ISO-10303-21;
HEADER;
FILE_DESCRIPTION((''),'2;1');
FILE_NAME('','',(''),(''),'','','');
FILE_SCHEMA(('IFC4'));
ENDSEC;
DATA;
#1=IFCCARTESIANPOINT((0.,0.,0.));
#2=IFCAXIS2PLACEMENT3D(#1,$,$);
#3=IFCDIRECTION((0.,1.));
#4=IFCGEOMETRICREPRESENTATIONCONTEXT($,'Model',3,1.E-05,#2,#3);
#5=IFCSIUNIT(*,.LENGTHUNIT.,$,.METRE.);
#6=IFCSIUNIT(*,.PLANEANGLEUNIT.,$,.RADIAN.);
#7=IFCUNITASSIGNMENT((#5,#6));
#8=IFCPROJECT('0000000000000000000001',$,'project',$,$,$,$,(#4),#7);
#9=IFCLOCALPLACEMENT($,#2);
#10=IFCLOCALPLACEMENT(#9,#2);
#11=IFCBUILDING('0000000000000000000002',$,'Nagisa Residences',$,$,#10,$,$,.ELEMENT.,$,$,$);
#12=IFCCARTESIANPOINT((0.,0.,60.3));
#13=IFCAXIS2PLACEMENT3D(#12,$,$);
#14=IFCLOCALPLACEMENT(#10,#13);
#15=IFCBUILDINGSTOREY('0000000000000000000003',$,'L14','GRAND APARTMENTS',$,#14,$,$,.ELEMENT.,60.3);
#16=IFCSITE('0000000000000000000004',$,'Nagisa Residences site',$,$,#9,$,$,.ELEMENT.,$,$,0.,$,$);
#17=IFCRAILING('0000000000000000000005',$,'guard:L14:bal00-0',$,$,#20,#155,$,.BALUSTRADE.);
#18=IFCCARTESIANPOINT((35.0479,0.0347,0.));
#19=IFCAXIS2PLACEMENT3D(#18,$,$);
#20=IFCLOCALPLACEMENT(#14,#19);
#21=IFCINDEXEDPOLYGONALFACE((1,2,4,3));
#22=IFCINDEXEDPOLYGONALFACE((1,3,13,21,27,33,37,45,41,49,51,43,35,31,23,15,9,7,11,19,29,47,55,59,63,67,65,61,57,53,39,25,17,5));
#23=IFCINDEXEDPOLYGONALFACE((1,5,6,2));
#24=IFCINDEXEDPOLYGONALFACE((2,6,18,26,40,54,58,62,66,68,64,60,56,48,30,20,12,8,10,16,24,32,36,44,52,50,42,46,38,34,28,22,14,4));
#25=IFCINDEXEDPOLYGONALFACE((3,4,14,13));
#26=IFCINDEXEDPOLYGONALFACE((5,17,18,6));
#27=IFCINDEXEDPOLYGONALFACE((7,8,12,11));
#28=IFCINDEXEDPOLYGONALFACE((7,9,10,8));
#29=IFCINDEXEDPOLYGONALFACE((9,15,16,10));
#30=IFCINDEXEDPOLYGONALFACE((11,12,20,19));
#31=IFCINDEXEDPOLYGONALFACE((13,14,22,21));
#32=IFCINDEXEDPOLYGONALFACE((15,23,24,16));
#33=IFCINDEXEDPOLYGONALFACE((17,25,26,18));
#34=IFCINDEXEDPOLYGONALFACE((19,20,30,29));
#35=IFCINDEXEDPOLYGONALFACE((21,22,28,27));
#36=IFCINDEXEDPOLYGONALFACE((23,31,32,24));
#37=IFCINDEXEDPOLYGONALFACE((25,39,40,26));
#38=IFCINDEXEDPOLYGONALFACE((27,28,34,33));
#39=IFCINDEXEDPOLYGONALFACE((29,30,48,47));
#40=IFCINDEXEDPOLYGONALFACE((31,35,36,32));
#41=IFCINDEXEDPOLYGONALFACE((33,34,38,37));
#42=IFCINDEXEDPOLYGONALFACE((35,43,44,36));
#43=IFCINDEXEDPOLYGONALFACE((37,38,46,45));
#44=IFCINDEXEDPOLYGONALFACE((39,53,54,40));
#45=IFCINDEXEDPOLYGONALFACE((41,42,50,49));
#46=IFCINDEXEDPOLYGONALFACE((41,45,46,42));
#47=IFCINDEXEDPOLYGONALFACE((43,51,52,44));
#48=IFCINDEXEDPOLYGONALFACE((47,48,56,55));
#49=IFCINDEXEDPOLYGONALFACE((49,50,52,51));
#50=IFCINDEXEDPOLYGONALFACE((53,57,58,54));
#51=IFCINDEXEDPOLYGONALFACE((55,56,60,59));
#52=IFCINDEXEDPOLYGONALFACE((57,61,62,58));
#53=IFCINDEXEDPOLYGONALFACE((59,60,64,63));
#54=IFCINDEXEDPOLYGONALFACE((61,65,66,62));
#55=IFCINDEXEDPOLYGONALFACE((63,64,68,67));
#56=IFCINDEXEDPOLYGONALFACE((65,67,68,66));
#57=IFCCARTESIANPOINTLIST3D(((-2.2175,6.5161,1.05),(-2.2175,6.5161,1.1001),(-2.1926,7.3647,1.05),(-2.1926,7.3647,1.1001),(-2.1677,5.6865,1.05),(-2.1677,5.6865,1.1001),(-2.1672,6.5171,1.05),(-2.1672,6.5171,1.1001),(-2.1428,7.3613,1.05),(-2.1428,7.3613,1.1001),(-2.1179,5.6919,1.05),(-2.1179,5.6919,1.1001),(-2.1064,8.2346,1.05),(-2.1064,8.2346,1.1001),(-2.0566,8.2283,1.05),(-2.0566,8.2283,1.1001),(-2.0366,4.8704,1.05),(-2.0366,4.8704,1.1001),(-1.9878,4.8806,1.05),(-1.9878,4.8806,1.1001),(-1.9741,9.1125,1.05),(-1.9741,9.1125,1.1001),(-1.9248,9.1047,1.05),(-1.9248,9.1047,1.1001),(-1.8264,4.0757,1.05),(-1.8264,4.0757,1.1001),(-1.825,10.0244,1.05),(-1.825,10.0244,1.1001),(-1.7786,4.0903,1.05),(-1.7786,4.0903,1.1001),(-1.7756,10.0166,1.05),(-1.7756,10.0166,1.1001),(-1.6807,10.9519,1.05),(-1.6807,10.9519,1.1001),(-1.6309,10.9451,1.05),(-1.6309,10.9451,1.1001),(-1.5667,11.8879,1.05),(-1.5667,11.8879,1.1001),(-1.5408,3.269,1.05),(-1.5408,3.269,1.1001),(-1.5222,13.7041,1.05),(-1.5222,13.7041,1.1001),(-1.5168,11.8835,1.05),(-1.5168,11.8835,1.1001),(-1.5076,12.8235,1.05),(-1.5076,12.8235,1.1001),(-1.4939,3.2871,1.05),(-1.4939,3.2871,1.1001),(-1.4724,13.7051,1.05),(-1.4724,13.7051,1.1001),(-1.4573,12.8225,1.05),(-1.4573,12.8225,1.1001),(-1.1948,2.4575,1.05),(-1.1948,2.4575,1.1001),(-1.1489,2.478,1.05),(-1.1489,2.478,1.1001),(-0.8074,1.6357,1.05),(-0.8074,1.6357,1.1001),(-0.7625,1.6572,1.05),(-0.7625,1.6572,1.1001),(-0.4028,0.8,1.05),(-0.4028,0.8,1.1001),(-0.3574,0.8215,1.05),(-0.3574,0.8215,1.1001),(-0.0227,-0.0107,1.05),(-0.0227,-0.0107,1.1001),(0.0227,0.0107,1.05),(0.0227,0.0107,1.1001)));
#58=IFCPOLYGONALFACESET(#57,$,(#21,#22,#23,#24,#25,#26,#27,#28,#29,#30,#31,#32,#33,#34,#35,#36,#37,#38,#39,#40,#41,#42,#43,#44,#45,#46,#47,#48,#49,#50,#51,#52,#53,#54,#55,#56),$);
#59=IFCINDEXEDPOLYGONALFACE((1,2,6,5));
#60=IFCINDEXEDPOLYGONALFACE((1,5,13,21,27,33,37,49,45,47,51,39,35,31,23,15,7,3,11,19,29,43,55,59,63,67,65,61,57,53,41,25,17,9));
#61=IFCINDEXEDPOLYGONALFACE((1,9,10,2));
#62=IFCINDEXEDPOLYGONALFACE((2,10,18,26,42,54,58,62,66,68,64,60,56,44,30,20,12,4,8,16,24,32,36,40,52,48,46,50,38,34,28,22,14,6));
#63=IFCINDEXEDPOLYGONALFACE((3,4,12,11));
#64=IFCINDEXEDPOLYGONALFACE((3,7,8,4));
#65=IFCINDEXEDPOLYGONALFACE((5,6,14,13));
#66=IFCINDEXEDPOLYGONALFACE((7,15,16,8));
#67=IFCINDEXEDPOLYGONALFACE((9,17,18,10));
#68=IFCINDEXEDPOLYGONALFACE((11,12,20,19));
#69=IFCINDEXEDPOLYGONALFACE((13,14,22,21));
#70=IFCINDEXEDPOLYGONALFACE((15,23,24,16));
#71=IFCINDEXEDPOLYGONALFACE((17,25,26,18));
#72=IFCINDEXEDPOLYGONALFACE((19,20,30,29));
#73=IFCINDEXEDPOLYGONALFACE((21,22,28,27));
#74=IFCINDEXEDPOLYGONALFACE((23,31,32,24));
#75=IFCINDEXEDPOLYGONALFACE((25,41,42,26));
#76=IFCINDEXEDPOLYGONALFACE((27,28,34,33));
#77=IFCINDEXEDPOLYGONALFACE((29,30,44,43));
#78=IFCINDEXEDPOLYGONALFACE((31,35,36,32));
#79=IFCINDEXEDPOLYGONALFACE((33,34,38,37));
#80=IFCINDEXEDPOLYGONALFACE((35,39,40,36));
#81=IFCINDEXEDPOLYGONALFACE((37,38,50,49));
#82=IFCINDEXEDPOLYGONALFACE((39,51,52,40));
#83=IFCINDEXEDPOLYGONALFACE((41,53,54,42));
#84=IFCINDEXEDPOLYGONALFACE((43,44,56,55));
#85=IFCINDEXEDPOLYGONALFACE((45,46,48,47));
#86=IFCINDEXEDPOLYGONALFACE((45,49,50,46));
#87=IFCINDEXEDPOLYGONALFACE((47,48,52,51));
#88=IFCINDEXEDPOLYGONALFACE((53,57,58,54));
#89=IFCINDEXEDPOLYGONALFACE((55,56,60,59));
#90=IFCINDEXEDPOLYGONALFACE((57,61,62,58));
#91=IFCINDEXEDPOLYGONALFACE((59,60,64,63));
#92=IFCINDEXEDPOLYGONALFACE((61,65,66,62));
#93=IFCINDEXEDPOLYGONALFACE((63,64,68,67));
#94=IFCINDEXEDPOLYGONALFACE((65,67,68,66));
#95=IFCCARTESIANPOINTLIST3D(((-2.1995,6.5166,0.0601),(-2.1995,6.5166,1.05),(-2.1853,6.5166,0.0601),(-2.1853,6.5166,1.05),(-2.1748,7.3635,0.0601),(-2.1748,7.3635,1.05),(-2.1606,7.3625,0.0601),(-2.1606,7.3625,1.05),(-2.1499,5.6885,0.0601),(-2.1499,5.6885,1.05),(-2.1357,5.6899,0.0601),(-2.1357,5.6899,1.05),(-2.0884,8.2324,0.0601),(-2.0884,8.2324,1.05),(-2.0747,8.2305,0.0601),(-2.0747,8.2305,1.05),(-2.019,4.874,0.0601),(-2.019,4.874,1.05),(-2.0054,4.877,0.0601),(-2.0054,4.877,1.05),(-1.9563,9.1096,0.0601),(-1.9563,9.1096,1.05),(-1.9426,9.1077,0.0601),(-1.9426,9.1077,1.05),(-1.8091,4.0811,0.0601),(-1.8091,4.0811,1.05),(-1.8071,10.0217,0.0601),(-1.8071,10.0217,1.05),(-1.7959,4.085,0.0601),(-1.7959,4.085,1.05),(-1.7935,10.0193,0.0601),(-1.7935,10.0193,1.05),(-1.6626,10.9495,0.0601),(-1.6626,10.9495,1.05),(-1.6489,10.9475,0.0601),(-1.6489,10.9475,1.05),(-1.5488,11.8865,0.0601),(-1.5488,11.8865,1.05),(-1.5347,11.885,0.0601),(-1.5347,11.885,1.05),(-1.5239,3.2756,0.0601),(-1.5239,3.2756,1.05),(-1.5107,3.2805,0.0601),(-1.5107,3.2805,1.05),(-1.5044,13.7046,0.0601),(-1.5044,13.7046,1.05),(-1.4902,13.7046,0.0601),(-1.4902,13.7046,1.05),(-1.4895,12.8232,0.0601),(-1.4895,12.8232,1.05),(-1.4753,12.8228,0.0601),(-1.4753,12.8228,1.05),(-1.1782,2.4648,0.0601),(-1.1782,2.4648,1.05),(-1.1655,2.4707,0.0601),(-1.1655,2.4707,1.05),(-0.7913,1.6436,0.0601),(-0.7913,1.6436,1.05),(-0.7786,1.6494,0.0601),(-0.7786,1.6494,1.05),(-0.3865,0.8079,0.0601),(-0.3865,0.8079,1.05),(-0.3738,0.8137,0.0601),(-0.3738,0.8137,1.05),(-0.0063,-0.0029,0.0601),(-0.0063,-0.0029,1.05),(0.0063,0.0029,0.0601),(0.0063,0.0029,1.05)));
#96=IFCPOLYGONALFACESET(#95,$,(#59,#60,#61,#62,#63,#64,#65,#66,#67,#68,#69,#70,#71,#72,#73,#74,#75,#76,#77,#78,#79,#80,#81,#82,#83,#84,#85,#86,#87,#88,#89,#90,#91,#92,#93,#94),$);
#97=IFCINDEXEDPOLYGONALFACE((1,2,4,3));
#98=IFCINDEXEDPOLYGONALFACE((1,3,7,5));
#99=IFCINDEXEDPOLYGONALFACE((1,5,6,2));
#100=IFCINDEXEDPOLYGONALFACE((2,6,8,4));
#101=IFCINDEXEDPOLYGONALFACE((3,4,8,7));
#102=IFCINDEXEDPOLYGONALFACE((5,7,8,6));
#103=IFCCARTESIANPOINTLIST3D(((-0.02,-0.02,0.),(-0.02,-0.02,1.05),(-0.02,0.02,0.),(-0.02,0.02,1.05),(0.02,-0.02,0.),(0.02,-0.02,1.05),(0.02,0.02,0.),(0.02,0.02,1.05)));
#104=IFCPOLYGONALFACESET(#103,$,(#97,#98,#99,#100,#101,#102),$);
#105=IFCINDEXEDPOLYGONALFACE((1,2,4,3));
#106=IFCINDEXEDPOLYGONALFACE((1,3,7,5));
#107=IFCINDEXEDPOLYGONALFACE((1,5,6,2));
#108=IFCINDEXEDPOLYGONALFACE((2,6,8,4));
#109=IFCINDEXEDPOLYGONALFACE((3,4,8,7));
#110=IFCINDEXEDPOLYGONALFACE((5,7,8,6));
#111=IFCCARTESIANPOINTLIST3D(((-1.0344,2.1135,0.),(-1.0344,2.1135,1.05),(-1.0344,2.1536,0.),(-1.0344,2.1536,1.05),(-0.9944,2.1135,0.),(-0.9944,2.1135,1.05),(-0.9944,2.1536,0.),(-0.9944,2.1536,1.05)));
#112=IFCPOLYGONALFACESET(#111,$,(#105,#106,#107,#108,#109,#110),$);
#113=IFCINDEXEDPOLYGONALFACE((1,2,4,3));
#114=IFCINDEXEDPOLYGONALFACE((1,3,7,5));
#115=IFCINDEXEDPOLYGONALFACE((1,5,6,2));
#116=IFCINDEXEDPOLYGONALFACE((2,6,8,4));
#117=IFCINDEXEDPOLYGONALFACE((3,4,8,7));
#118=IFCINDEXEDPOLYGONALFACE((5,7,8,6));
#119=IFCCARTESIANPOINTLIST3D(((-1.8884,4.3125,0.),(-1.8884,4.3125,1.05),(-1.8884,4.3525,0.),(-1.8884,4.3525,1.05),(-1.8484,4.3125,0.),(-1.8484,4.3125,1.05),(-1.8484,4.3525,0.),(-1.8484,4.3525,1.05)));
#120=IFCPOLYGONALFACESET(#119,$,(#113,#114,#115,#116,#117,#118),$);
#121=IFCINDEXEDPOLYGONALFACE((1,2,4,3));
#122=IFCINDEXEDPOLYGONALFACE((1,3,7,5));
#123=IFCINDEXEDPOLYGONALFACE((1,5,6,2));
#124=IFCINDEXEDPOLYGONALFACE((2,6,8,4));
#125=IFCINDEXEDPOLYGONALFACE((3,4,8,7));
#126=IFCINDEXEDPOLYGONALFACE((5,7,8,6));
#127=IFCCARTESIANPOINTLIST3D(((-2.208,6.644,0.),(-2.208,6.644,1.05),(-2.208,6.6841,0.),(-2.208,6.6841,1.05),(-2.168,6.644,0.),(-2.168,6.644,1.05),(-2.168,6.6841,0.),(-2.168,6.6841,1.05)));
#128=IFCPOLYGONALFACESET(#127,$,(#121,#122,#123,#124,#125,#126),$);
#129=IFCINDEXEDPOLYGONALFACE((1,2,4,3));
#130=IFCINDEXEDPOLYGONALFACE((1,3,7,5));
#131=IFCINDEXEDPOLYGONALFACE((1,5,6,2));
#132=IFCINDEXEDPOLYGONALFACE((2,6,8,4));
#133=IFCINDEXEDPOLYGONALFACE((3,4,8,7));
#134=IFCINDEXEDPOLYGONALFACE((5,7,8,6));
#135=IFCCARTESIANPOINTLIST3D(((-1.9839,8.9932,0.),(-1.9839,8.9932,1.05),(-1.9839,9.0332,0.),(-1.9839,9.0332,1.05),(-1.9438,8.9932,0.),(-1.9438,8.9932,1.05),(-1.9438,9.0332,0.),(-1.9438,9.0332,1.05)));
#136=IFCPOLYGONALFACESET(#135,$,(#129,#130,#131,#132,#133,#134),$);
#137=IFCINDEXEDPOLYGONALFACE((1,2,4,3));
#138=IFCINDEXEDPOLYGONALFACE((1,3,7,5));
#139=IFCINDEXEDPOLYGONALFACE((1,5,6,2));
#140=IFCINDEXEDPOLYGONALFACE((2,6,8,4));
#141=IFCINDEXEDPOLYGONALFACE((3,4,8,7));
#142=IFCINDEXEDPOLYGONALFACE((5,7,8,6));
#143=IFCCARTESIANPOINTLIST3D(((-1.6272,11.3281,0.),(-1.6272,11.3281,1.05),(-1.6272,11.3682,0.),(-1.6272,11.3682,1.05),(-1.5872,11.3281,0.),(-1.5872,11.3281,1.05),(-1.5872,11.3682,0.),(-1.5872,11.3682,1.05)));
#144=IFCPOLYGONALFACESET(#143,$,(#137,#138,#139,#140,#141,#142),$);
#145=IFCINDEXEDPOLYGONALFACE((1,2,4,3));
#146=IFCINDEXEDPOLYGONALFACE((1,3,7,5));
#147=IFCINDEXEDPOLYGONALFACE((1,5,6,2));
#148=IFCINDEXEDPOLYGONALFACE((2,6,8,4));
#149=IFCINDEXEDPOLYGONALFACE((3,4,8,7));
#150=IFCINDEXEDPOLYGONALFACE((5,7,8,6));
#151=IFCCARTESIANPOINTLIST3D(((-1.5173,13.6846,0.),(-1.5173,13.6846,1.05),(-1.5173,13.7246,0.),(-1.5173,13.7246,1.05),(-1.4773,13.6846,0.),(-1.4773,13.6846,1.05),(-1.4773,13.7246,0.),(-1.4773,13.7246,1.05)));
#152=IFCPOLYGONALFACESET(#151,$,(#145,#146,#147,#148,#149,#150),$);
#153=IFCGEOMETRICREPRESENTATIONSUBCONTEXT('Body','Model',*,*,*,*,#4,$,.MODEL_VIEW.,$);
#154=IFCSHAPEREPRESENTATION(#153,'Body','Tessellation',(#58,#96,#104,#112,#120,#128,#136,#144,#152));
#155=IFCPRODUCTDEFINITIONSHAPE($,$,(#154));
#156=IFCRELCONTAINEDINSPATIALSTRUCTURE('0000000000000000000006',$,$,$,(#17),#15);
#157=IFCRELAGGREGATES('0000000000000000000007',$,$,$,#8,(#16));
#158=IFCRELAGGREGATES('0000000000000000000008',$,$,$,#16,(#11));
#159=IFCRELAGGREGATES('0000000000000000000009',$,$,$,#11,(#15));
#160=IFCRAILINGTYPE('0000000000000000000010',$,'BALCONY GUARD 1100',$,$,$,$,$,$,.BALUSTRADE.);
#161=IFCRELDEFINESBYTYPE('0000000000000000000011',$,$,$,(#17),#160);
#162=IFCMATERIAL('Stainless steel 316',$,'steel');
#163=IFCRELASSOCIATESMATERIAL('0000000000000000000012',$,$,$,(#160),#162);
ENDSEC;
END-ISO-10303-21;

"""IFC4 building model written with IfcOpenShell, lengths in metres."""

from ifc_helpers import new_model, si_unit, direction, frame, origin, origin_2d, place, context, subcontext, project, spatial, polyline, rectangle, outline, extrude, material, type_object, element, save


model = new_model("IFC4")

# Units and contexts
model_context = context("Model", 3, precision=1e-05, world=origin(), true_north=direction((0.0, 1.0)))
body_context = subcontext(model_context, "Body", "Model", "MODEL_VIEW")
ifc_project = project(units=[si_unit("LENGTHUNIT", "METRE"), si_unit("PLANEANGLEUNIT", "RADIAN")], contexts=[model_context])

# Site, building, storey
site_placement = place(None, origin())
site = spatial("IfcSite", under=ifc_project, at=site_placement, Name="Nagisa Residences site", CompositionType="ELEMENT", RefElevation=0.0)
building_placement = place(site_placement, origin())
building = spatial("IfcBuilding", under=site, at=building_placement, Name="Nagisa Residences", CompositionType="ELEMENT")
storey_placement = place(building_placement, frame((0.0, 0.0, 60.3)))
storey = spatial("IfcBuildingStorey", under=building, at=storey_placement, Name="L14", Description="GRAND APARTMENTS", CompositionType="ELEMENT", Elevation=60.3)

# Railing
ifc_material_1 = material(Name="Stainless steel 316", Category="steel")
railing_type = type_object("IfcRailingType", Name="BALCONY GUARD 1100", PredefinedType="BALUSTRADE", material=ifc_material_1)
railing_1_placement = place(storey_placement, frame((35.0479, 0.0347, 0.0)))
element("IfcRailing", 1, at=railing_1_placement, inside=storey, type_object=railing_type, Name="guard:L14:bal00-0", PredefinedType="BALUSTRADE", context=body_context, shape_type="SweptSolid", body=[
    extrude(outline(polyline([(-0.4028, 0.8), (-0.0227, -0.0107), (0.0227, 0.0107), (-0.3574, 0.8215), (-0.7625, 1.6572), (-1.1489, 2.478), (-1.4939, 3.2871), (-1.7786, 4.0903), (-1.9878, 4.8806), (-2.1179, 5.6919), (-2.1672, 6.5171), (-2.1428, 7.3613), (-2.0566, 8.2283), (-1.9248, 9.1047), (-1.7756, 10.0166), (-1.6309, 10.9451), (-1.5168, 11.8835), (-1.4573, 12.8225), (-1.4724, 13.7051), (-1.5222, 13.7041), (-1.5076, 12.8235), (-1.5667, 11.8879), (-1.6807, 10.9519), (-1.825, 10.0244), (-1.9741, 9.1125), (-2.1064, 8.2346), (-2.1926, 7.3647), (-2.2175, 6.5161), (-2.1677, 5.6865), (-2.0366, 4.8704), (-1.8264, 4.0757), (-1.5408, 3.269), (-1.1948, 2.4575), (-0.8074, 1.6357), (-0.4028, 0.8)])), frame((0.0, 0.0, 1.05)), (0.0, 0.0, 1.0), 0.05),
    extrude(outline(polyline([(-0.3865, 0.8079), (-0.0063, -0.0029), (0.0063, 0.0029), (-0.3738, 0.8137), (-0.7786, 1.6494), (-1.1655, 2.4707), (-1.5107, 3.2805), (-1.7959, 4.085), (-2.0054, 4.877), (-2.1357, 5.6899), (-2.1853, 6.5166), (-2.1606, 7.3625), (-2.0747, 8.2305), (-1.9426, 9.1077), (-1.7935, 10.0193), (-1.6489, 10.9475), (-1.5347, 11.885), (-1.4753, 12.8228), (-1.4902, 13.7046), (-1.5044, 13.7046), (-1.4895, 12.8232), (-1.5488, 11.8865), (-1.6626, 10.9495), (-1.8071, 10.0217), (-1.9563, 9.1096), (-2.0884, 8.2324), (-2.1748, 7.3635), (-2.1995, 6.5166), (-2.1499, 5.6885), (-2.019, 4.874), (-1.8091, 4.0811), (-1.5239, 3.2756), (-1.1782, 2.4648), (-0.7913, 1.6436), (-0.3865, 0.8079)])), frame((0.0, 0.0, 0.0601)), (0.0, 0.0, 1.0), 0.99),
    extrude(rectangle(XDim=0.04, YDim=0.04, at=origin_2d()), origin(), (0.0, 0.0, 1.0), 1.05),
    extrude(rectangle(XDim=0.04, YDim=0.04, at=origin_2d()), frame((-1.0144, 2.1335, 0.0)), (0.0, 0.0, 1.0), 1.05),
    extrude(rectangle(XDim=0.04, YDim=0.04, at=origin_2d()), frame((-1.8684, 4.3325, 0.0)), (0.0, 0.0, 1.0), 1.05),
    extrude(rectangle(XDim=0.04, YDim=0.04, at=origin_2d()), frame((-2.188, 6.6641, 0.0)), (0.0, 0.0, 1.0), 1.05),
    extrude(rectangle(XDim=0.04, YDim=0.04, at=origin_2d()), frame((-1.9639, 9.0132, 0.0)), (0.0, 0.0, 1.0), 1.05),
    extrude(rectangle(XDim=0.04, YDim=0.04, at=origin_2d()), frame((-1.6072, 11.3481, 0.0)), (0.0, 0.0, 1.0), 1.05),
    extrude(rectangle(XDim=0.04, YDim=0.04, at=origin_2d()), frame((-1.4973, 13.7046, 0.0)), (0.0, 0.0, 1.0), 1.05),
])

save(model, "model.ifc")
